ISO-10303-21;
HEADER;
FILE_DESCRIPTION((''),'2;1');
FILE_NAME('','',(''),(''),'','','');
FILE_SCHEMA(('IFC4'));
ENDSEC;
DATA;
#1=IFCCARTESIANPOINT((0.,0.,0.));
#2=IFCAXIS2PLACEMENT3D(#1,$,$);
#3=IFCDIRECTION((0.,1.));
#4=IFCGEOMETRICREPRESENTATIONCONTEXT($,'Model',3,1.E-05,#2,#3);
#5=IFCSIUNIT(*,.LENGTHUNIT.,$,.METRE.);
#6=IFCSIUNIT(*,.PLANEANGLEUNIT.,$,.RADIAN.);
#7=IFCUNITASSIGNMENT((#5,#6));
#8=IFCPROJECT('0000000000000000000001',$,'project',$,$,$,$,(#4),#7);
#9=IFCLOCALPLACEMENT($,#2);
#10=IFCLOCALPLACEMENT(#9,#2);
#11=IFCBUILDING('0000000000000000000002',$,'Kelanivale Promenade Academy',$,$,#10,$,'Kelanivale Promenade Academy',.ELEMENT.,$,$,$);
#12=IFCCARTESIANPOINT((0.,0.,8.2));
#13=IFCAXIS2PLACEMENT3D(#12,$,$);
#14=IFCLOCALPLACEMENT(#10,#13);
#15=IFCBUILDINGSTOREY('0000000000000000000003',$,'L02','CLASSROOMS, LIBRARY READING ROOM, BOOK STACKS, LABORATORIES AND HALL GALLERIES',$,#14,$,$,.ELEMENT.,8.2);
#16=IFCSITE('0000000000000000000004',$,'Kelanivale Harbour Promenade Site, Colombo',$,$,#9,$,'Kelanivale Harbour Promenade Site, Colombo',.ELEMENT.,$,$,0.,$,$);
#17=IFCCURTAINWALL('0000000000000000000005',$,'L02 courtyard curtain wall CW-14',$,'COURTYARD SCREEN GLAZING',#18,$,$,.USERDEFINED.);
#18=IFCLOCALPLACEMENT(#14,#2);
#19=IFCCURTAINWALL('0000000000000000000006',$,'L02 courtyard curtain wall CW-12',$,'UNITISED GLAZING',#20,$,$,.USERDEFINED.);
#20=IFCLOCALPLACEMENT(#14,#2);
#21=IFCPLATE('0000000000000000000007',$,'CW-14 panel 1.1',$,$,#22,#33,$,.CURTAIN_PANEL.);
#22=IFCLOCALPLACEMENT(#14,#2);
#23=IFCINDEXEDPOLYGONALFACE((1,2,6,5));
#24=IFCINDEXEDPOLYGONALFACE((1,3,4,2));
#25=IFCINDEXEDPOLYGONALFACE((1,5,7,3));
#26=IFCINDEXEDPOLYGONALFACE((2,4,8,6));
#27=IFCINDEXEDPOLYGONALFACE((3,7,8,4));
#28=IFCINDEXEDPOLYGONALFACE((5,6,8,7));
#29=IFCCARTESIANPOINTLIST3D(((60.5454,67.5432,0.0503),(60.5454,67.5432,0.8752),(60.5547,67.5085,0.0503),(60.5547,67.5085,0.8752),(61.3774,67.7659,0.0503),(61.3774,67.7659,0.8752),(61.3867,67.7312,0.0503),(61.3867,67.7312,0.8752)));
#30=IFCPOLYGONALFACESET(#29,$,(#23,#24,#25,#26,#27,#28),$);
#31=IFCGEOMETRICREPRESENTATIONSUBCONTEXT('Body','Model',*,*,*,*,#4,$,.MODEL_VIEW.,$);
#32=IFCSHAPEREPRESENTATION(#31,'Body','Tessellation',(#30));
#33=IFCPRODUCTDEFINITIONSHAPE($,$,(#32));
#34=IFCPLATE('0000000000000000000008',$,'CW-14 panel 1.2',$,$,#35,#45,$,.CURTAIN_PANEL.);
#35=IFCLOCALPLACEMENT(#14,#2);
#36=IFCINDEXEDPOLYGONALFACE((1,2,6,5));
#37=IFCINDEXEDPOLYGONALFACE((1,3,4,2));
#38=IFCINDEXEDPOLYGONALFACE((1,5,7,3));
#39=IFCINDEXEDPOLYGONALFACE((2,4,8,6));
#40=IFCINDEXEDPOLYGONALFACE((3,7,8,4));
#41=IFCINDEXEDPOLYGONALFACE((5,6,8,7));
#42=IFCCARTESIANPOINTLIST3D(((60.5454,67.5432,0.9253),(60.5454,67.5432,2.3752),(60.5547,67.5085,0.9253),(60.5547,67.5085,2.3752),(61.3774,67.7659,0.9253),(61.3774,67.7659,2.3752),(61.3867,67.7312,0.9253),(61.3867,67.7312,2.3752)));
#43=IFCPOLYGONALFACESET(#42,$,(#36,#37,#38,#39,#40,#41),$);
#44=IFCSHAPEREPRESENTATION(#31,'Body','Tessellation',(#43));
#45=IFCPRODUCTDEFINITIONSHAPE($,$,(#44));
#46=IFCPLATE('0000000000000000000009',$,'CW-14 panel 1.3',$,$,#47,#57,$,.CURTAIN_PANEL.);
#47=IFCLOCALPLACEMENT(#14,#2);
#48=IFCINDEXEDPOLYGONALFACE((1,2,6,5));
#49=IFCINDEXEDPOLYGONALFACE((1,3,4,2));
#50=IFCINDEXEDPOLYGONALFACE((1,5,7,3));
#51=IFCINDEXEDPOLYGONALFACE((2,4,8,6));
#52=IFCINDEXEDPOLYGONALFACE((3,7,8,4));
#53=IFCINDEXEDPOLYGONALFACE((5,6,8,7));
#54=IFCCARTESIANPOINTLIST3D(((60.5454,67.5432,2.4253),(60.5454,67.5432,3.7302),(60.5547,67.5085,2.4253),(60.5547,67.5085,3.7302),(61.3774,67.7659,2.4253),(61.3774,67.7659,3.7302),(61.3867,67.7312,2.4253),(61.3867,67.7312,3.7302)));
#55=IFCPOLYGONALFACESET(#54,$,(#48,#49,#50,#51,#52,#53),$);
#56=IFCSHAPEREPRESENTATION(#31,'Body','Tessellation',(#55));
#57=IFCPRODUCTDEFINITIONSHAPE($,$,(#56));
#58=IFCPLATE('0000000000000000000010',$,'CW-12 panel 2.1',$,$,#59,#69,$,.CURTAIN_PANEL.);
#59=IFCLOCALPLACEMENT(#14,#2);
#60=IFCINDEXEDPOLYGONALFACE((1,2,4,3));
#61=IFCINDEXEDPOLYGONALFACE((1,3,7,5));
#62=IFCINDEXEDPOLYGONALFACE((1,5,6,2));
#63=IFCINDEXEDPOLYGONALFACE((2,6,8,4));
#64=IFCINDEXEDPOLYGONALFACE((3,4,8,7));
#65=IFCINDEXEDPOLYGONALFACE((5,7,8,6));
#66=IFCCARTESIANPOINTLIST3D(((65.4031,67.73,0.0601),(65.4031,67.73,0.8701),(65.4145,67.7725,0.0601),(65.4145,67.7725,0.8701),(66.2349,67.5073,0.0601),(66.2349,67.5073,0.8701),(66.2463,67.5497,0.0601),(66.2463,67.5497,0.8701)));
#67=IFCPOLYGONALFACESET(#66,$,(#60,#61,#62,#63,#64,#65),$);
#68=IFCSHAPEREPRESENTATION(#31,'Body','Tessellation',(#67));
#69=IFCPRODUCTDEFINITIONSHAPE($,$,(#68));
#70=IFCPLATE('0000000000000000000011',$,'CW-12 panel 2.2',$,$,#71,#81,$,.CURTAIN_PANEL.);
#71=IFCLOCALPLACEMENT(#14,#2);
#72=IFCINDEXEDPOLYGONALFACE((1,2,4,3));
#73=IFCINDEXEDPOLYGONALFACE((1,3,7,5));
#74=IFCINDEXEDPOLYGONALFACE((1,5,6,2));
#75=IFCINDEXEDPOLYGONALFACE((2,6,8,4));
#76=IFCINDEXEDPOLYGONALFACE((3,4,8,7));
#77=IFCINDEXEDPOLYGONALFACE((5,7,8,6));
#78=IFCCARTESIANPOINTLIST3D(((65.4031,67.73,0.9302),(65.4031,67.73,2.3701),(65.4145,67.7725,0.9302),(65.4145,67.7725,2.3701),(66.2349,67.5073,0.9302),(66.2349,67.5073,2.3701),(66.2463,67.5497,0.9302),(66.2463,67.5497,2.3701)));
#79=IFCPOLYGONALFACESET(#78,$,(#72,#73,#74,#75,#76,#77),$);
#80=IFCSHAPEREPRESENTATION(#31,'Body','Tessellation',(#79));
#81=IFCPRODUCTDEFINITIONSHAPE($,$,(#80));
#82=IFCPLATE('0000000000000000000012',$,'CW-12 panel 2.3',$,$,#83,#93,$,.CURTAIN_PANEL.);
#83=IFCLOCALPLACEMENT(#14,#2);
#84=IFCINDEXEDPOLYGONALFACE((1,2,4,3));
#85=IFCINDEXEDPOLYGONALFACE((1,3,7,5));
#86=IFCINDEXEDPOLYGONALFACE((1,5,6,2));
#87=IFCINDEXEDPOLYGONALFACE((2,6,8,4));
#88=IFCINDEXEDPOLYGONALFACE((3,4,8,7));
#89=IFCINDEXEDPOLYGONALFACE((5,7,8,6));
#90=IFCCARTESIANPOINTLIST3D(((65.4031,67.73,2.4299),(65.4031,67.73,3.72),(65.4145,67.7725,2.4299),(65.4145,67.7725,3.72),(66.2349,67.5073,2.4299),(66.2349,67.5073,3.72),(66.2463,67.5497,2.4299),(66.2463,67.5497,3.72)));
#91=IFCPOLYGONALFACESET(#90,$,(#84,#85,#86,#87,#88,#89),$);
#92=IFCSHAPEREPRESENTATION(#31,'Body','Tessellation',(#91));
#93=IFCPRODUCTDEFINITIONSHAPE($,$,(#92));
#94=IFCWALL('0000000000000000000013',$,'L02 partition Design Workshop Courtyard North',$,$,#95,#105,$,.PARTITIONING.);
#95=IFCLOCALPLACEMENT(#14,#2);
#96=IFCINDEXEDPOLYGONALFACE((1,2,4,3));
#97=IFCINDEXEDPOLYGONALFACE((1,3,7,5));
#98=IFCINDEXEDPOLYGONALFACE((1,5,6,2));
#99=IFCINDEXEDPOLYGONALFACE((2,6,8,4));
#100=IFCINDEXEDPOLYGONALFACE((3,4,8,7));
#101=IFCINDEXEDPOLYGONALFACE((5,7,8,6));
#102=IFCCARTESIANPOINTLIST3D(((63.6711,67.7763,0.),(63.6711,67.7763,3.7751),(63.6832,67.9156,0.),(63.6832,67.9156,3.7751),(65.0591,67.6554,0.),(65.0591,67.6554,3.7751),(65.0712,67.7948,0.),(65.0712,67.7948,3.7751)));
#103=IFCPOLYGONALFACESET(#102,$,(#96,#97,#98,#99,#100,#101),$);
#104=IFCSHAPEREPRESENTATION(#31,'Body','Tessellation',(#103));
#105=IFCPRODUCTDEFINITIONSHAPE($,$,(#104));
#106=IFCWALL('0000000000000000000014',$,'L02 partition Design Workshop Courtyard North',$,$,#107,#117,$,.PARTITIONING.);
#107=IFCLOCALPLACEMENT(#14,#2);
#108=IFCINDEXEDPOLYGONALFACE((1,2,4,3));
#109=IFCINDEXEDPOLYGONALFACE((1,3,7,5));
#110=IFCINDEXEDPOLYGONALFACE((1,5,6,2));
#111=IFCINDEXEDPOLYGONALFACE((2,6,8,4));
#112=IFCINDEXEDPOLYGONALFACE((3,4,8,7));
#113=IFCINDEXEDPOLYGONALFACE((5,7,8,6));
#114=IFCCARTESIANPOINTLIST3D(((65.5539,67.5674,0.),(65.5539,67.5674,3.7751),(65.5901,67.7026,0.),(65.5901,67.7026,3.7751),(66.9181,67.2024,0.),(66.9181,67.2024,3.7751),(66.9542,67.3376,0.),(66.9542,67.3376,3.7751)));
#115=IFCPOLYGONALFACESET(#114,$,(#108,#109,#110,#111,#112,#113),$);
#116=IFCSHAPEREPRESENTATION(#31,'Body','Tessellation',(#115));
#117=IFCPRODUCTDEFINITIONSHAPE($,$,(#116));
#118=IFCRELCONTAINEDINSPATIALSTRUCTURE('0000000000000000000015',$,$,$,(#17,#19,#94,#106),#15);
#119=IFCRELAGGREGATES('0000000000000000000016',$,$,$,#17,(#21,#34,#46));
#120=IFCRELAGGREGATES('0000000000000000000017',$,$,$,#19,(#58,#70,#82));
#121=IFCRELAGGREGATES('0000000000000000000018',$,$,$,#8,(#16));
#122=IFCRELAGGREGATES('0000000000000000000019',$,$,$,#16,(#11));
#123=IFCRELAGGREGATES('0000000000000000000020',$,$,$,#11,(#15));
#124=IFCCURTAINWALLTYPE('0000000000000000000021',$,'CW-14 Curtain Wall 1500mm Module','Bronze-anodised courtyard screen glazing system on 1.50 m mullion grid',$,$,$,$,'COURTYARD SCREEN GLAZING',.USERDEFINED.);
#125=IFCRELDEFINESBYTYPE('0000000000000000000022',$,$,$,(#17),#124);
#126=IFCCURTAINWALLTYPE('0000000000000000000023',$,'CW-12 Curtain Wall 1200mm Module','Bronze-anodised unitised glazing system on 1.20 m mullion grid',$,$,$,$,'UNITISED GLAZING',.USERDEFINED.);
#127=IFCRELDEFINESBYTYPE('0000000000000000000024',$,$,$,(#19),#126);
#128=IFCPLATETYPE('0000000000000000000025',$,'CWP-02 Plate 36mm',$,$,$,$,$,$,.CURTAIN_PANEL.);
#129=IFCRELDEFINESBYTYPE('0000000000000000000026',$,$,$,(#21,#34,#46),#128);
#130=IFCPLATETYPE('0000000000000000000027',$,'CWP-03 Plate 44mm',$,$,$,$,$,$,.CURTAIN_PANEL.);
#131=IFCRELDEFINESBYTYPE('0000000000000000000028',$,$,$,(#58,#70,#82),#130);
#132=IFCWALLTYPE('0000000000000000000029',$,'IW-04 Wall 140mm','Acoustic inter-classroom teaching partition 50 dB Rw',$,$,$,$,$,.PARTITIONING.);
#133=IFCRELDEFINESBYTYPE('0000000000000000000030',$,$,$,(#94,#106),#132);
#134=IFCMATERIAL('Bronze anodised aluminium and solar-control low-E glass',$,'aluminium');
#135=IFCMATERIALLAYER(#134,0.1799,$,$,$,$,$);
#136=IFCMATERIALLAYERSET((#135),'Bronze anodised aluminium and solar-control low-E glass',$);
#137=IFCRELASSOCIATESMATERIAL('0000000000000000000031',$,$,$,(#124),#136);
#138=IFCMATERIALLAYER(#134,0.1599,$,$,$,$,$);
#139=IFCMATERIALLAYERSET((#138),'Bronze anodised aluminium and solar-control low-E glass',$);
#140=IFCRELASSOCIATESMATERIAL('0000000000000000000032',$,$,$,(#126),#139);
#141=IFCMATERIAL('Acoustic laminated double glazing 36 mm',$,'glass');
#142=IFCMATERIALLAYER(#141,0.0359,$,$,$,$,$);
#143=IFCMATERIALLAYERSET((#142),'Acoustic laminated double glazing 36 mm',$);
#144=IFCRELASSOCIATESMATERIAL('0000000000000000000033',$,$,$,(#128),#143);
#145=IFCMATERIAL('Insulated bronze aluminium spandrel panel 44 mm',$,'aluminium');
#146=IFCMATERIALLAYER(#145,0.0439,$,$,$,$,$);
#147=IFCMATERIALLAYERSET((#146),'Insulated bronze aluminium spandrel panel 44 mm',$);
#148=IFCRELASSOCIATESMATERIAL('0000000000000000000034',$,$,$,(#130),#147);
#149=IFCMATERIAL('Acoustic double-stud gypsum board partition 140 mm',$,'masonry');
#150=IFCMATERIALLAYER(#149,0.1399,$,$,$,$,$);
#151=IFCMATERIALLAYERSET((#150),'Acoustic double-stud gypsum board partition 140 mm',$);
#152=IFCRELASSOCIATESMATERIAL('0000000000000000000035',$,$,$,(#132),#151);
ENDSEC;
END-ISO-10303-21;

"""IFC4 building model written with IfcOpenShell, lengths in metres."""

from ifc_helpers import new_model, si_unit, direction, frame, frame_2d, origin, origin_2d, place, context, subcontext, project, spatial, rectangle, extrude, material, layer, layer_set, type_object, element, aggregate, save


model = new_model("IFC4")

# Units and contexts
model_context = context("Model", 3, precision=1e-05, world=origin(), true_north=direction((0.0, 1.0)))
body_context = subcontext(model_context, "Body", "Model", "MODEL_VIEW")
ifc_project = project(units=[si_unit("LENGTHUNIT", "METRE"), si_unit("PLANEANGLEUNIT", "RADIAN")], contexts=[model_context])

# Site, building, storey
site_placement = place(None, origin())
site = spatial("IfcSite", under=ifc_project, at=site_placement, Name="Kelanivale Harbour Promenade Site, Colombo", LongName="Kelanivale Harbour Promenade Site, Colombo", CompositionType="ELEMENT", RefElevation=0.0)
building_placement = place(site_placement, origin())
building = spatial("IfcBuilding", under=site, at=building_placement, Name="Kelanivale Promenade Academy", LongName="Kelanivale Promenade Academy", CompositionType="ELEMENT")
storey_placement = place(building_placement, frame((0.0, 0.0, 8.2)))
storey = spatial("IfcBuildingStorey", under=building, at=storey_placement, Name="L02", Description="CLASSROOMS, LIBRARY READING ROOM, BOOK STACKS, LABORATORIES AND HALL GALLERIES", CompositionType="ELEMENT", Elevation=8.2)

# Shared definitions
ifc_material_1 = material(Name="Bronze anodised aluminium and solar-control low-E glass", Category="aluminium")

# Curtain walls
ifc_layer_1 = layer(ifc_material_1, 0.1799)
ifc_layer_set_1 = layer_set([ifc_layer_1], Name="Bronze anodised aluminium and solar-control low-E glass")
curtain_wall_type_1 = type_object("IfcCurtainWallType", Name="CW-14 Curtain Wall 1500mm Module", Description="Bronze-anodised courtyard screen glazing system on 1.50 m mullion grid", ElementType="COURTYARD SCREEN GLAZING", PredefinedType="USERDEFINED", material=ifc_layer_set_1)
curtain_wall_1_placement = place(storey_placement, origin())
curtain_wall_1 = element("IfcCurtainWall", 1, at=curtain_wall_1_placement, inside=storey, type_object=curtain_wall_type_1, Name="L02 courtyard curtain wall CW-14", ObjectType="COURTYARD SCREEN GLAZING", PredefinedType="USERDEFINED")
ifc_layer_2 = layer(ifc_material_1, 0.1599)
ifc_layer_set_2 = layer_set([ifc_layer_2], Name="Bronze anodised aluminium and solar-control low-E glass")
curtain_wall_type_2 = type_object("IfcCurtainWallType", Name="CW-12 Curtain Wall 1200mm Module", Description="Bronze-anodised unitised glazing system on 1.20 m mullion grid", ElementType="UNITISED GLAZING", PredefinedType="USERDEFINED", material=ifc_layer_set_2)
curtain_wall_2_placement = place(storey_placement, origin())
curtain_wall_2 = element("IfcCurtainWall", 2, at=curtain_wall_2_placement, inside=storey, type_object=curtain_wall_type_2, Name="L02 courtyard curtain wall CW-12", ObjectType="UNITISED GLAZING", PredefinedType="USERDEFINED")

# Plates
ifc_material_2 = material(Name="Acoustic laminated double glazing 36 mm", Category="glass")
ifc_layer_3 = layer(ifc_material_2, 0.0359)
ifc_layer_set_3 = layer_set([ifc_layer_3], Name="Acoustic laminated double glazing 36 mm")
plate_type_1 = type_object("IfcPlateType", Name="CWP-02 Plate 36mm", PredefinedType="CURTAIN_PANEL", material=ifc_layer_set_3)
plate_1_placement = place(storey_placement, frame((60.9661, 67.6372, 0.0503), z_axis=(0.0, 0.0, 1.0), x_axis=(-0.96599, -0.258578, 0.0)))
plate_1 = element("IfcPlate", 3, at=plate_1_placement, type_object=plate_type_1, Name="CW-14 panel 1.1", PredefinedType="CURTAIN_PANEL", context=body_context, shape_type="SweptSolid", body=[
    extrude(rectangle(XDim=0.8613, YDim=0.0359, at=origin_2d()), origin(), (0.0, 0.0, 1.0), 0.825),
])
plate_2_placement = place(storey_placement, frame((60.9661, 67.6372, 0.9253), z_axis=(0.0, 0.0, 1.0), x_axis=(-0.96599, -0.258578, 0.0)))
plate_2 = element("IfcPlate", 4, at=plate_2_placement, type_object=plate_type_1, Name="CW-14 panel 1.2", PredefinedType="CURTAIN_PANEL", context=body_context, shape_type="SweptSolid", body=[
    extrude(rectangle(XDim=0.8613, YDim=0.0359, at=origin_2d()), origin(), (0.0, 0.0, 1.0), 1.45),
])
plate_3_placement = place(storey_placement, frame((60.9661, 67.6372, 2.4253), z_axis=(0.0, 0.0, 1.0), x_axis=(-0.96599, -0.258578, 0.0)))
plate_3 = element("IfcPlate", 5, at=plate_3_placement, type_object=plate_type_1, Name="CW-14 panel 1.3", PredefinedType="CURTAIN_PANEL", context=body_context, shape_type="SweptSolid", body=[
    extrude(rectangle(XDim=0.8613, YDim=0.0359, at=origin_2d()), origin(), (0.0, 0.0, 1.0), 1.3049),
])
aggregate(curtain_wall_1, [plate_1, plate_2, plate_3])
ifc_material_3 = material(Name="Insulated bronze aluminium spandrel panel 44 mm", Category="aluminium")
ifc_layer_4 = layer(ifc_material_3, 0.0439)
ifc_layer_set_4 = layer_set([ifc_layer_4], Name="Insulated bronze aluminium spandrel panel 44 mm")
plate_type_2 = type_object("IfcPlateType", Name="CWP-03 Plate 44mm", PredefinedType="CURTAIN_PANEL", material=ifc_layer_set_4)
plate_4_placement = place(storey_placement, frame((65.8247, 67.6399, 0.0601), z_axis=(0.0, 0.0, 1.0), x_axis=(-0.965957, 0.258701, 0.0)))
plate_4 = element("IfcPlate", 6, at=plate_4_placement, type_object=plate_type_2, Name="CW-12 panel 2.1", PredefinedType="CURTAIN_PANEL", context=body_context, shape_type="SweptSolid", body=[
    extrude(rectangle(XDim=0.8611, YDim=0.0439, at=origin_2d()), origin(), (0.0, 0.0, 1.0), 0.8101),
])
plate_5_placement = place(storey_placement, frame((65.8247, 67.6399, 0.9302), z_axis=(0.0, 0.0, 1.0), x_axis=(-0.965957, 0.258701, 0.0)))
plate_5 = element("IfcPlate", 7, at=plate_5_placement, type_object=plate_type_2, Name="CW-12 panel 2.2", PredefinedType="CURTAIN_PANEL", context=body_context, shape_type="SweptSolid", body=[
    extrude(rectangle(XDim=0.8611, YDim=0.0439, at=origin_2d()), origin(), (0.0, 0.0, 1.0), 1.4399),
])
plate_6_placement = place(storey_placement, frame((65.8247, 67.6399, 2.4299), z_axis=(0.0, 0.0, 1.0), x_axis=(-0.965957, 0.258701, 0.0)))
plate_6 = element("IfcPlate", 8, at=plate_6_placement, type_object=plate_type_2, Name="CW-12 panel 2.3", PredefinedType="CURTAIN_PANEL", context=body_context, shape_type="SweptSolid", body=[
    extrude(rectangle(XDim=0.8611, YDim=0.0439, at=origin_2d()), origin(), (0.0, 0.0, 1.0), 1.29),
])
aggregate(curtain_wall_2, [plate_4, plate_5, plate_6])

# Walls
ifc_material_4 = material(Name="Acoustic double-stud gypsum board partition 140 mm", Category="masonry")
ifc_layer_5 = layer(ifc_material_4, 0.1399)
ifc_layer_set_5 = layer_set([ifc_layer_5], Name="Acoustic double-stud gypsum board partition 140 mm")
wall_type = type_object("IfcWallType", Name="IW-04 Wall 140mm", Description="Acoustic inter-classroom teaching partition 50 dB Rw", PredefinedType="PARTITIONING", material=ifc_layer_set_5)
wall_1_placement = place(storey_placement, frame((63.677, 67.8459, 0.0), z_axis=(0.0, 0.0, 1.0), x_axis=(0.996231, -0.086743, 0.0)))
element("IfcWall", 9, at=wall_1_placement, inside=storey, type_object=wall_type, Name="L02 partition Design Workshop Courtyard North", PredefinedType="PARTITIONING", context=body_context, shape_type="SweptSolid", body=[
    extrude(rectangle(XDim=1.3933, YDim=0.1399, at=frame_2d((0.6968, 0.0))), origin(), (0.0, 0.0, 1.0), 3.7751),
])
wall_2_placement = place(storey_placement, frame((65.572, 67.635, 0.0), z_axis=(0.0, 0.0, 1.0), x_axis=(0.966014, -0.258491, 0.0)))
element("IfcWall", 10, at=wall_2_placement, inside=storey, type_object=wall_type, Name="L02 partition Design Workshop Courtyard North", PredefinedType="PARTITIONING", context=body_context, shape_type="SweptSolid", body=[
    extrude(rectangle(XDim=1.4121, YDim=0.1399, at=frame_2d((0.7061, 0.0))), origin(), (0.0, 0.0, 1.0), 3.7751),
])

save(model, "model.ifc")
